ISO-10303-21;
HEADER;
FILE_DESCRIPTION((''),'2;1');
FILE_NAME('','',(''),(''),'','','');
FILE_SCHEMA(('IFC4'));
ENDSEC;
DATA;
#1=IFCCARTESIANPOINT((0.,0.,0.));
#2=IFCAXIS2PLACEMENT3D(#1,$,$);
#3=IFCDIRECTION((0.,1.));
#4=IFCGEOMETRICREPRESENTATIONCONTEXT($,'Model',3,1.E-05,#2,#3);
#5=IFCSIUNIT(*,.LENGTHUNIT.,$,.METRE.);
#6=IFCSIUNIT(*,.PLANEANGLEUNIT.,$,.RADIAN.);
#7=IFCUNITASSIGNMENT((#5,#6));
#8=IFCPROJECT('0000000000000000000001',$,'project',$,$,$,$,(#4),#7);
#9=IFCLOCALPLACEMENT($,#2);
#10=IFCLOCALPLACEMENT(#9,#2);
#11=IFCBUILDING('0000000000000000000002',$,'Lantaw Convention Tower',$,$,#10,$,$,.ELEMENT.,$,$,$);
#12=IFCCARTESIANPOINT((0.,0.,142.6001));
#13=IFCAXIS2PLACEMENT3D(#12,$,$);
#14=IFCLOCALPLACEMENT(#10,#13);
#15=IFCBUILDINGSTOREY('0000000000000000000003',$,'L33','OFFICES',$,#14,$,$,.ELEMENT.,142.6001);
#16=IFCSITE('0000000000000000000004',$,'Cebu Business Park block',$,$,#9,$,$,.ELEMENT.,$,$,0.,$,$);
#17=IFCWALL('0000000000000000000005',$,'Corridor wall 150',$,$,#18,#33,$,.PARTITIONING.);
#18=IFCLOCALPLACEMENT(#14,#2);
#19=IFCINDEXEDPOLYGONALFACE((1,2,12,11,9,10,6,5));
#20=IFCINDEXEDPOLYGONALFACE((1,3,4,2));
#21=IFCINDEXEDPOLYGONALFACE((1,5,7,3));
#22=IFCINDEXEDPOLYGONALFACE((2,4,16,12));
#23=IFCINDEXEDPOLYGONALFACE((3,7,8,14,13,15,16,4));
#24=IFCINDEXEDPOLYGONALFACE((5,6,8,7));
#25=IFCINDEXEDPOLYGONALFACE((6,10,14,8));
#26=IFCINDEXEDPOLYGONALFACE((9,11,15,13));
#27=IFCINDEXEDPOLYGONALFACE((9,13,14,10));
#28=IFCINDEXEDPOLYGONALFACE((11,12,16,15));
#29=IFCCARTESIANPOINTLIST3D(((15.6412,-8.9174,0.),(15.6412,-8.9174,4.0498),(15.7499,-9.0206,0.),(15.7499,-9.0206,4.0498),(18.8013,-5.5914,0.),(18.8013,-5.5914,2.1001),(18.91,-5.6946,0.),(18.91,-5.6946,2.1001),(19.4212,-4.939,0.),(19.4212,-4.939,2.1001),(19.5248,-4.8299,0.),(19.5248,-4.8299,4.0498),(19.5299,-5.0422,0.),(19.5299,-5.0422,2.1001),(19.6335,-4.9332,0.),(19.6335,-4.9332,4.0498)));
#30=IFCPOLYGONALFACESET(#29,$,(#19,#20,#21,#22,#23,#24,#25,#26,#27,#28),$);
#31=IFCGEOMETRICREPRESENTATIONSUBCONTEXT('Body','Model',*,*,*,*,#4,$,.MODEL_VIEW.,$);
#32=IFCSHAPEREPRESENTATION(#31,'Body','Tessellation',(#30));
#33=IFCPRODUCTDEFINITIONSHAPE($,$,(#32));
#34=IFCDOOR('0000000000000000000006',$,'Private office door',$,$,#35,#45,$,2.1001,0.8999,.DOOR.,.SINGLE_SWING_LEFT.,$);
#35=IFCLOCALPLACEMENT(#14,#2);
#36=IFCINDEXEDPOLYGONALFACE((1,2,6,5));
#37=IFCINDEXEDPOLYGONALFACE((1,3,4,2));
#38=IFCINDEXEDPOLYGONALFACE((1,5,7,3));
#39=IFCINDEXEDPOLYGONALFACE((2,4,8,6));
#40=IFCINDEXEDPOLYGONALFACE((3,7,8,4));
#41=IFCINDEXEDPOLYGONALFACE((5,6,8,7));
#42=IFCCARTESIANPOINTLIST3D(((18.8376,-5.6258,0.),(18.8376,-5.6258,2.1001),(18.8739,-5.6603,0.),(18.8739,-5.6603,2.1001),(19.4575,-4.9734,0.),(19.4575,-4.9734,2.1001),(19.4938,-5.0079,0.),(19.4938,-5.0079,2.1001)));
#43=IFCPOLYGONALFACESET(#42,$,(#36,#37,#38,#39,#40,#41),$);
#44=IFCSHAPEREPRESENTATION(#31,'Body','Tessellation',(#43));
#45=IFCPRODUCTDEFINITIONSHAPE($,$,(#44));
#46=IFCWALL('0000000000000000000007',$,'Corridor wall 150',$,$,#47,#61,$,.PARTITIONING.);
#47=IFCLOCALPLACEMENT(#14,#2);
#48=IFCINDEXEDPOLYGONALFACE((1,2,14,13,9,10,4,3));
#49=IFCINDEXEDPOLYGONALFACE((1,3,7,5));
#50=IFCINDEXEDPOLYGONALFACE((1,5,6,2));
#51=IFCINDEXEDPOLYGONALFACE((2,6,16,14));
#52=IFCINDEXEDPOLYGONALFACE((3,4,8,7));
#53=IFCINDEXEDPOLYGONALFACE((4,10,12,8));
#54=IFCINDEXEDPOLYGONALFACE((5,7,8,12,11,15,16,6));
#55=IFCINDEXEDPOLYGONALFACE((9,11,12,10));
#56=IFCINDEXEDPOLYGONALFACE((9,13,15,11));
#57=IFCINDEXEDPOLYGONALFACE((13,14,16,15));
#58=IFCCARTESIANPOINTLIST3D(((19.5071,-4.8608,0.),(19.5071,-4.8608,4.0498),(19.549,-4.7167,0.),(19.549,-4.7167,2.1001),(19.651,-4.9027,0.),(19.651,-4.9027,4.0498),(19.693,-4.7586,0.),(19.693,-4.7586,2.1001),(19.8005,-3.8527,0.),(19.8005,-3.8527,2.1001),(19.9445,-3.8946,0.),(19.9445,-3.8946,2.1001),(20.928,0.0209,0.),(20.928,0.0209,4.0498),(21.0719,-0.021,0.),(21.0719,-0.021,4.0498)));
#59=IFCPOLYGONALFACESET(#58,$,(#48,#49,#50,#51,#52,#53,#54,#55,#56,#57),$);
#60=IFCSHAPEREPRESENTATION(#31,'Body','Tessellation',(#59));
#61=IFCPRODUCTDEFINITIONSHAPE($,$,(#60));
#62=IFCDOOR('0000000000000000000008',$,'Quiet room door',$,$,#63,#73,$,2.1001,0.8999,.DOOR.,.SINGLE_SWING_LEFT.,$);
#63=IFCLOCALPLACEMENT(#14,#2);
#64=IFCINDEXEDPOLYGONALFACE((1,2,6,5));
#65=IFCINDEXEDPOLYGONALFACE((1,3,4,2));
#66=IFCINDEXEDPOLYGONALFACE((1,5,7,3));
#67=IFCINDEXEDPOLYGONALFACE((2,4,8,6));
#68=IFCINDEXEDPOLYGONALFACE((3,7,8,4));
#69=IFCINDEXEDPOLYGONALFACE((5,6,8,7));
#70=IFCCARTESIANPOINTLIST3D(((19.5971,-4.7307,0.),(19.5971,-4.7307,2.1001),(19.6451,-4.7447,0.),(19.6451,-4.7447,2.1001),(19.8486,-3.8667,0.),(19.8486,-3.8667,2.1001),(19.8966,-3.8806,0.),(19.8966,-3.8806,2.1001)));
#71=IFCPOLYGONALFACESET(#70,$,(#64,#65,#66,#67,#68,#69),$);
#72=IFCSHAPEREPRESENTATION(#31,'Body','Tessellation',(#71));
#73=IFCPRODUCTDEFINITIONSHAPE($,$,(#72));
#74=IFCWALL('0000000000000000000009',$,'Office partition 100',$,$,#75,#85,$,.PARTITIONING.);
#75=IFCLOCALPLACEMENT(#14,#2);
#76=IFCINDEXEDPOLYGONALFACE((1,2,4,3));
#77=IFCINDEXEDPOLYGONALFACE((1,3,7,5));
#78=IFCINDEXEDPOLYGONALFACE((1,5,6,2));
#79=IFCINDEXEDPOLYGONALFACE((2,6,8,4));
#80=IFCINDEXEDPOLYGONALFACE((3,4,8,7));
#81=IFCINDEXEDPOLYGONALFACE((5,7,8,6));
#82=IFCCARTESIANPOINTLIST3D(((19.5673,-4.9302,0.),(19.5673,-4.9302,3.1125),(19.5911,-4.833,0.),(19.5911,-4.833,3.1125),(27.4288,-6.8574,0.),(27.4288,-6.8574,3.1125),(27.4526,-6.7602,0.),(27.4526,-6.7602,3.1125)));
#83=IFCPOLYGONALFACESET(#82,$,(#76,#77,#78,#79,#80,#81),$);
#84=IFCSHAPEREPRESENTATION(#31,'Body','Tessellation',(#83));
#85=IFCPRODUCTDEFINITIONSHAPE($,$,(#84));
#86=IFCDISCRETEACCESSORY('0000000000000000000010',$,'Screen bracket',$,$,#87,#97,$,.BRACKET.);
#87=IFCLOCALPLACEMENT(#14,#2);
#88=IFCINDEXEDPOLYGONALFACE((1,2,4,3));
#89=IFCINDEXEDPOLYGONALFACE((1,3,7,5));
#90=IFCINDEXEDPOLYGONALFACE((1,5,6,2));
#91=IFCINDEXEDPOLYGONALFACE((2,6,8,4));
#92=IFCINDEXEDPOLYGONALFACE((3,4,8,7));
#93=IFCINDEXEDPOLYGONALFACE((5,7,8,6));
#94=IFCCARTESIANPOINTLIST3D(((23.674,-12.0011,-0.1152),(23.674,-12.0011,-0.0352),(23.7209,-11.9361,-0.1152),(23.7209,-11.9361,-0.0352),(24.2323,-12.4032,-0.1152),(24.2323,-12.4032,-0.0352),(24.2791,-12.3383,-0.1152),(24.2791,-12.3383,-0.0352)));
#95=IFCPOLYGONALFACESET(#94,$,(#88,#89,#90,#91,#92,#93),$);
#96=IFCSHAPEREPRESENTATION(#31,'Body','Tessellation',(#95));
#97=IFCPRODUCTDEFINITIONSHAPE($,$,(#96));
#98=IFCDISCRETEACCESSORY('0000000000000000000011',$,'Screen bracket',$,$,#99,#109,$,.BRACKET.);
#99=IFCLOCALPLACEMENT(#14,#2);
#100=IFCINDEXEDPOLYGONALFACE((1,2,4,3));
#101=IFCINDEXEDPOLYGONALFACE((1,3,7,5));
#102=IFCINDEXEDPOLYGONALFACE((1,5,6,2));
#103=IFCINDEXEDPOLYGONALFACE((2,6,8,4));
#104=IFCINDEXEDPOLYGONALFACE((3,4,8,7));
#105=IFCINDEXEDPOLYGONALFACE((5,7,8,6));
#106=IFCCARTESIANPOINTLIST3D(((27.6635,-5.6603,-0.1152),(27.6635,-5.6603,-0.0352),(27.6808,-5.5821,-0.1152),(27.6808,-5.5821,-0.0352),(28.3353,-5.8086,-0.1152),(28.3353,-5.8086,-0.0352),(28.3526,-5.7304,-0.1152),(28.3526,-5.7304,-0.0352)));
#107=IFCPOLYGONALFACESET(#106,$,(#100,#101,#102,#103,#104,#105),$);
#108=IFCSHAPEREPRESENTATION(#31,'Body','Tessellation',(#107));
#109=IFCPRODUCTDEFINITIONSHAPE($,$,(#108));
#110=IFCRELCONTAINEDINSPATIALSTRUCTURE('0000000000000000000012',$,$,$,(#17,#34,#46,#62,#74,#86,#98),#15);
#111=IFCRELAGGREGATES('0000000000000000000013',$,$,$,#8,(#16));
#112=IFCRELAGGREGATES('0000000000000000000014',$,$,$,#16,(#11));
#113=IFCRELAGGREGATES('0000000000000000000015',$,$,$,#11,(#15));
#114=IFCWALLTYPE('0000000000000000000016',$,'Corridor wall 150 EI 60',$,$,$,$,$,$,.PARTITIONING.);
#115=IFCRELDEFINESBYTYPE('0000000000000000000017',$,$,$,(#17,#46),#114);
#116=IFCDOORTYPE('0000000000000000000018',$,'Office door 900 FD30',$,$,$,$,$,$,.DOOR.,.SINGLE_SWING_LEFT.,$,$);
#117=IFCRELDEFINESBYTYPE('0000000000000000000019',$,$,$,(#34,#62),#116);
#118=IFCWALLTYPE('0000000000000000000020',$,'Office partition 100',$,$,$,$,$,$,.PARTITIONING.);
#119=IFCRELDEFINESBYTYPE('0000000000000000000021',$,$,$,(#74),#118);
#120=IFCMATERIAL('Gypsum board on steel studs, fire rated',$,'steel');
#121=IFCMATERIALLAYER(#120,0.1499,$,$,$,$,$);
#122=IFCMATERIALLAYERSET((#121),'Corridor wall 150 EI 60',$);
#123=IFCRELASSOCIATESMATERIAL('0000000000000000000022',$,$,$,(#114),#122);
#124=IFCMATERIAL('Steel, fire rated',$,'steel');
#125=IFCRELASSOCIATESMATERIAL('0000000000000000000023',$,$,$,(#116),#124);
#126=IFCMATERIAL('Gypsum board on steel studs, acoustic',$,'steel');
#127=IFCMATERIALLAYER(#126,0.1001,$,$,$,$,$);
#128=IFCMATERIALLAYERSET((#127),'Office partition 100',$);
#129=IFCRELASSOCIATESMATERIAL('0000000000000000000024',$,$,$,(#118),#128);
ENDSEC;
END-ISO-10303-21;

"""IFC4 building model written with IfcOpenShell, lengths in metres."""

from ifc_helpers import new_model, si_unit, direction, frame, frame_2d, origin, origin_2d, place, context, subcontext, project, spatial, rectangle, extrude, material, layer, layer_set, type_object, element, fill, save


model = new_model("IFC4")

# Units and contexts
model_context = context("Model", 3, precision=1e-05, world=origin(), true_north=direction((0.0, 1.0)))
body_context = subcontext(model_context, "Body", "Model", "MODEL_VIEW")
ifc_project = project(units=[si_unit("LENGTHUNIT", "METRE"), si_unit("PLANEANGLEUNIT", "RADIAN")], contexts=[model_context])

# Site, building, storey
site_placement = place(None, origin())
site = spatial("IfcSite", under=ifc_project, at=site_placement, Name="Cebu Business Park block", CompositionType="ELEMENT", RefElevation=0.0)
building_placement = place(site_placement, origin())
building = spatial("IfcBuilding", under=site, at=building_placement, Name="Lantaw Convention Tower", CompositionType="ELEMENT")
storey_placement = place(building_placement, frame((0.0, 0.0, 142.6001)))
storey = spatial("IfcBuildingStorey", under=building, at=storey_placement, Name="L33", Description="OFFICES", CompositionType="ELEMENT", Elevation=142.6001)

# Walls, openings, doors
ifc_material_1 = material(Name="Gypsum board on steel studs, fire rated", Category="steel")
ifc_layer_1 = layer(ifc_material_1, 0.1499)
ifc_layer_set_1 = layer_set([ifc_layer_1], Name="Corridor wall 150 EI 60")
wall_type_1 = type_object("IfcWallType", Name="Corridor wall 150 EI 60", PredefinedType="PARTITIONING", material=ifc_layer_set_1)
wall_1_placement = place(storey_placement, frame((15.6956, -8.969, 0.0), z_axis=(0.0, 0.0, 1.0), x_axis=(0.688797, 0.724954, 0.0)))
wall_1 = element("IfcWall", 1, at=wall_1_placement, inside=storey, type_object=wall_type_1, Name="Corridor wall 150", PredefinedType="PARTITIONING", context=body_context, shape_type="SweptSolid", body=[
    extrude(rectangle(XDim=5.6382, YDim=0.1499, at=frame_2d((2.8191, 0.0))), origin(), (0.0, 0.0, 1.0), 4.0498),
])
opening_1_placement = place(wall_1_placement, frame((4.5879, 0.0, 0.0)))
opening_1 = element("IfcOpeningElement", 2, at=opening_1_placement, cuts=wall_1, PredefinedType="OPENING", context=body_context, shape_type="SweptSolid", body=[
    extrude(rectangle(XDim=0.8999, YDim=2.1001, at=frame_2d((0.45, 1.05))), frame((0.0, 0.085, 0.0), z_axis=(0.0, -1.0, 0.0), x_axis=(1.0, 0.0, 0.0)), (0.0, 0.0, 1.0), 0.1699),
])
ifc_material_2 = material(Name="Steel, fire rated", Category="steel")
door_type = type_object("IfcDoorType", Name="Office door 900 FD30", OperationType="SINGLE_SWING_LEFT", PredefinedType="DOOR", material=ifc_material_2)
door_1_placement = place(opening_1_placement, origin())
door_1 = element("IfcDoor", 3, at=door_1_placement, inside=storey, type_object=door_type, Name="Private office door", OperationType="SINGLE_SWING_LEFT", OverallHeight=2.1001, OverallWidth=0.8999, PredefinedType="DOOR", context=body_context, shape_type="SweptSolid", body=[
    extrude(rectangle(XDim=0.8999, YDim=2.1001, at=frame_2d((0.45, 1.05))), frame((0.0, 0.0249, 0.0), z_axis=(0.0, -1.0, 0.0), x_axis=(1.0, 0.0, 0.0)), (0.0, 0.0, 1.0), 0.05),
])
fill(opening_1, door_1)
wall_2_placement = place(storey_placement, frame((19.5791, -4.8816, 0.0), z_axis=(0.0, 0.0, 1.0), x_axis=(0.279474, 0.960153, 0.0)))
wall_2 = element("IfcWall", 4, at=wall_2_placement, inside=storey, type_object=wall_type_1, Name="Corridor wall 150", PredefinedType="PARTITIONING", context=body_context, shape_type="SweptSolid", body=[
    extrude(rectangle(XDim=5.0842, YDim=0.1499, at=frame_2d((2.542, 0.0))), origin(), (0.0, 0.0, 1.0), 4.0498),
])
opening_2_placement = place(wall_2_placement, frame((0.1499, 0.0, 0.0)))
opening_2 = element("IfcOpeningElement", 5, at=opening_2_placement, cuts=wall_2, PredefinedType="OPENING", context=body_context, shape_type="SweptSolid", body=[
    extrude(rectangle(XDim=0.8999, YDim=2.1001, at=frame_2d((0.45, 1.05))), frame((0.0, 0.085, 0.0), z_axis=(0.0, -1.0, 0.0), x_axis=(1.0, 0.0, 0.0)), (0.0, 0.0, 1.0), 0.1699),
])
door_2_placement = place(opening_2_placement, origin())
door_2 = element("IfcDoor", 6, at=door_2_placement, inside=storey, type_object=door_type, Name="Quiet room door", OperationType="SINGLE_SWING_LEFT", OverallHeight=2.1001, OverallWidth=0.8999, PredefinedType="DOOR", context=body_context, shape_type="SweptSolid", body=[
    extrude(rectangle(XDim=0.8999, YDim=2.1001, at=frame_2d((0.45, 1.05))), frame((0.0, 0.0249, 0.0), z_axis=(0.0, -1.0, 0.0), x_axis=(1.0, 0.0, 0.0)), (0.0, 0.0, 1.0), 0.05),
])
fill(opening_2, door_2)

# Wall
ifc_material_3 = material(Name="Gypsum board on steel studs, acoustic", Category="steel")
ifc_layer_2 = layer(ifc_material_3, 0.1001)
ifc_layer_set_2 = layer_set([ifc_layer_2], Name="Office partition 100")
wall_type_2 = type_object("IfcWallType", Name="Office partition 100", PredefinedType="PARTITIONING", material=ifc_layer_set_2)
wall_3_placement = place(storey_placement, frame((27.4407, -6.8088, 0.0), z_axis=(0.0, 0.0, 1.0), x_axis=(-0.971241, 0.238098, 0.0)))
element("IfcWall", 7, at=wall_3_placement, inside=storey, type_object=wall_type_2, Name="Office partition 100", PredefinedType="PARTITIONING", context=body_context, shape_type="SweptSolid", body=[
    extrude(rectangle(XDim=8.0942, YDim=0.1001, at=frame_2d((4.0471, 0.0))), origin(), (0.0, 0.0, 1.0), 3.1125),
])

# Discrete accessories
for number, where, z_axis, x_axis, name in (
    (8, (23.9766, -12.1697, -0.1152), (0.0, 0.0, 1.0), (0.584513, 0.811385, 0.0), "Screen bracket"),
    (9, (28.0081, -5.6953, -0.1152), (0.0, 0.0, 1.0), (0.215546, 0.976494, 0.0), "Screen bracket"),
):
    element("IfcDiscreteAccessory", number, at=place(storey_placement, frame(where, z_axis=z_axis, x_axis=x_axis)), inside=storey, Name=name, PredefinedType="BRACKET", context=body_context, shape_type="SweptSolid", body=[
        extrude(rectangle(XDim=0.0801, YDim=0.688, at=origin_2d()), origin(), (0.0, 0.0, 1.0), 0.0801),
    ])

save(model, "model.ifc")
